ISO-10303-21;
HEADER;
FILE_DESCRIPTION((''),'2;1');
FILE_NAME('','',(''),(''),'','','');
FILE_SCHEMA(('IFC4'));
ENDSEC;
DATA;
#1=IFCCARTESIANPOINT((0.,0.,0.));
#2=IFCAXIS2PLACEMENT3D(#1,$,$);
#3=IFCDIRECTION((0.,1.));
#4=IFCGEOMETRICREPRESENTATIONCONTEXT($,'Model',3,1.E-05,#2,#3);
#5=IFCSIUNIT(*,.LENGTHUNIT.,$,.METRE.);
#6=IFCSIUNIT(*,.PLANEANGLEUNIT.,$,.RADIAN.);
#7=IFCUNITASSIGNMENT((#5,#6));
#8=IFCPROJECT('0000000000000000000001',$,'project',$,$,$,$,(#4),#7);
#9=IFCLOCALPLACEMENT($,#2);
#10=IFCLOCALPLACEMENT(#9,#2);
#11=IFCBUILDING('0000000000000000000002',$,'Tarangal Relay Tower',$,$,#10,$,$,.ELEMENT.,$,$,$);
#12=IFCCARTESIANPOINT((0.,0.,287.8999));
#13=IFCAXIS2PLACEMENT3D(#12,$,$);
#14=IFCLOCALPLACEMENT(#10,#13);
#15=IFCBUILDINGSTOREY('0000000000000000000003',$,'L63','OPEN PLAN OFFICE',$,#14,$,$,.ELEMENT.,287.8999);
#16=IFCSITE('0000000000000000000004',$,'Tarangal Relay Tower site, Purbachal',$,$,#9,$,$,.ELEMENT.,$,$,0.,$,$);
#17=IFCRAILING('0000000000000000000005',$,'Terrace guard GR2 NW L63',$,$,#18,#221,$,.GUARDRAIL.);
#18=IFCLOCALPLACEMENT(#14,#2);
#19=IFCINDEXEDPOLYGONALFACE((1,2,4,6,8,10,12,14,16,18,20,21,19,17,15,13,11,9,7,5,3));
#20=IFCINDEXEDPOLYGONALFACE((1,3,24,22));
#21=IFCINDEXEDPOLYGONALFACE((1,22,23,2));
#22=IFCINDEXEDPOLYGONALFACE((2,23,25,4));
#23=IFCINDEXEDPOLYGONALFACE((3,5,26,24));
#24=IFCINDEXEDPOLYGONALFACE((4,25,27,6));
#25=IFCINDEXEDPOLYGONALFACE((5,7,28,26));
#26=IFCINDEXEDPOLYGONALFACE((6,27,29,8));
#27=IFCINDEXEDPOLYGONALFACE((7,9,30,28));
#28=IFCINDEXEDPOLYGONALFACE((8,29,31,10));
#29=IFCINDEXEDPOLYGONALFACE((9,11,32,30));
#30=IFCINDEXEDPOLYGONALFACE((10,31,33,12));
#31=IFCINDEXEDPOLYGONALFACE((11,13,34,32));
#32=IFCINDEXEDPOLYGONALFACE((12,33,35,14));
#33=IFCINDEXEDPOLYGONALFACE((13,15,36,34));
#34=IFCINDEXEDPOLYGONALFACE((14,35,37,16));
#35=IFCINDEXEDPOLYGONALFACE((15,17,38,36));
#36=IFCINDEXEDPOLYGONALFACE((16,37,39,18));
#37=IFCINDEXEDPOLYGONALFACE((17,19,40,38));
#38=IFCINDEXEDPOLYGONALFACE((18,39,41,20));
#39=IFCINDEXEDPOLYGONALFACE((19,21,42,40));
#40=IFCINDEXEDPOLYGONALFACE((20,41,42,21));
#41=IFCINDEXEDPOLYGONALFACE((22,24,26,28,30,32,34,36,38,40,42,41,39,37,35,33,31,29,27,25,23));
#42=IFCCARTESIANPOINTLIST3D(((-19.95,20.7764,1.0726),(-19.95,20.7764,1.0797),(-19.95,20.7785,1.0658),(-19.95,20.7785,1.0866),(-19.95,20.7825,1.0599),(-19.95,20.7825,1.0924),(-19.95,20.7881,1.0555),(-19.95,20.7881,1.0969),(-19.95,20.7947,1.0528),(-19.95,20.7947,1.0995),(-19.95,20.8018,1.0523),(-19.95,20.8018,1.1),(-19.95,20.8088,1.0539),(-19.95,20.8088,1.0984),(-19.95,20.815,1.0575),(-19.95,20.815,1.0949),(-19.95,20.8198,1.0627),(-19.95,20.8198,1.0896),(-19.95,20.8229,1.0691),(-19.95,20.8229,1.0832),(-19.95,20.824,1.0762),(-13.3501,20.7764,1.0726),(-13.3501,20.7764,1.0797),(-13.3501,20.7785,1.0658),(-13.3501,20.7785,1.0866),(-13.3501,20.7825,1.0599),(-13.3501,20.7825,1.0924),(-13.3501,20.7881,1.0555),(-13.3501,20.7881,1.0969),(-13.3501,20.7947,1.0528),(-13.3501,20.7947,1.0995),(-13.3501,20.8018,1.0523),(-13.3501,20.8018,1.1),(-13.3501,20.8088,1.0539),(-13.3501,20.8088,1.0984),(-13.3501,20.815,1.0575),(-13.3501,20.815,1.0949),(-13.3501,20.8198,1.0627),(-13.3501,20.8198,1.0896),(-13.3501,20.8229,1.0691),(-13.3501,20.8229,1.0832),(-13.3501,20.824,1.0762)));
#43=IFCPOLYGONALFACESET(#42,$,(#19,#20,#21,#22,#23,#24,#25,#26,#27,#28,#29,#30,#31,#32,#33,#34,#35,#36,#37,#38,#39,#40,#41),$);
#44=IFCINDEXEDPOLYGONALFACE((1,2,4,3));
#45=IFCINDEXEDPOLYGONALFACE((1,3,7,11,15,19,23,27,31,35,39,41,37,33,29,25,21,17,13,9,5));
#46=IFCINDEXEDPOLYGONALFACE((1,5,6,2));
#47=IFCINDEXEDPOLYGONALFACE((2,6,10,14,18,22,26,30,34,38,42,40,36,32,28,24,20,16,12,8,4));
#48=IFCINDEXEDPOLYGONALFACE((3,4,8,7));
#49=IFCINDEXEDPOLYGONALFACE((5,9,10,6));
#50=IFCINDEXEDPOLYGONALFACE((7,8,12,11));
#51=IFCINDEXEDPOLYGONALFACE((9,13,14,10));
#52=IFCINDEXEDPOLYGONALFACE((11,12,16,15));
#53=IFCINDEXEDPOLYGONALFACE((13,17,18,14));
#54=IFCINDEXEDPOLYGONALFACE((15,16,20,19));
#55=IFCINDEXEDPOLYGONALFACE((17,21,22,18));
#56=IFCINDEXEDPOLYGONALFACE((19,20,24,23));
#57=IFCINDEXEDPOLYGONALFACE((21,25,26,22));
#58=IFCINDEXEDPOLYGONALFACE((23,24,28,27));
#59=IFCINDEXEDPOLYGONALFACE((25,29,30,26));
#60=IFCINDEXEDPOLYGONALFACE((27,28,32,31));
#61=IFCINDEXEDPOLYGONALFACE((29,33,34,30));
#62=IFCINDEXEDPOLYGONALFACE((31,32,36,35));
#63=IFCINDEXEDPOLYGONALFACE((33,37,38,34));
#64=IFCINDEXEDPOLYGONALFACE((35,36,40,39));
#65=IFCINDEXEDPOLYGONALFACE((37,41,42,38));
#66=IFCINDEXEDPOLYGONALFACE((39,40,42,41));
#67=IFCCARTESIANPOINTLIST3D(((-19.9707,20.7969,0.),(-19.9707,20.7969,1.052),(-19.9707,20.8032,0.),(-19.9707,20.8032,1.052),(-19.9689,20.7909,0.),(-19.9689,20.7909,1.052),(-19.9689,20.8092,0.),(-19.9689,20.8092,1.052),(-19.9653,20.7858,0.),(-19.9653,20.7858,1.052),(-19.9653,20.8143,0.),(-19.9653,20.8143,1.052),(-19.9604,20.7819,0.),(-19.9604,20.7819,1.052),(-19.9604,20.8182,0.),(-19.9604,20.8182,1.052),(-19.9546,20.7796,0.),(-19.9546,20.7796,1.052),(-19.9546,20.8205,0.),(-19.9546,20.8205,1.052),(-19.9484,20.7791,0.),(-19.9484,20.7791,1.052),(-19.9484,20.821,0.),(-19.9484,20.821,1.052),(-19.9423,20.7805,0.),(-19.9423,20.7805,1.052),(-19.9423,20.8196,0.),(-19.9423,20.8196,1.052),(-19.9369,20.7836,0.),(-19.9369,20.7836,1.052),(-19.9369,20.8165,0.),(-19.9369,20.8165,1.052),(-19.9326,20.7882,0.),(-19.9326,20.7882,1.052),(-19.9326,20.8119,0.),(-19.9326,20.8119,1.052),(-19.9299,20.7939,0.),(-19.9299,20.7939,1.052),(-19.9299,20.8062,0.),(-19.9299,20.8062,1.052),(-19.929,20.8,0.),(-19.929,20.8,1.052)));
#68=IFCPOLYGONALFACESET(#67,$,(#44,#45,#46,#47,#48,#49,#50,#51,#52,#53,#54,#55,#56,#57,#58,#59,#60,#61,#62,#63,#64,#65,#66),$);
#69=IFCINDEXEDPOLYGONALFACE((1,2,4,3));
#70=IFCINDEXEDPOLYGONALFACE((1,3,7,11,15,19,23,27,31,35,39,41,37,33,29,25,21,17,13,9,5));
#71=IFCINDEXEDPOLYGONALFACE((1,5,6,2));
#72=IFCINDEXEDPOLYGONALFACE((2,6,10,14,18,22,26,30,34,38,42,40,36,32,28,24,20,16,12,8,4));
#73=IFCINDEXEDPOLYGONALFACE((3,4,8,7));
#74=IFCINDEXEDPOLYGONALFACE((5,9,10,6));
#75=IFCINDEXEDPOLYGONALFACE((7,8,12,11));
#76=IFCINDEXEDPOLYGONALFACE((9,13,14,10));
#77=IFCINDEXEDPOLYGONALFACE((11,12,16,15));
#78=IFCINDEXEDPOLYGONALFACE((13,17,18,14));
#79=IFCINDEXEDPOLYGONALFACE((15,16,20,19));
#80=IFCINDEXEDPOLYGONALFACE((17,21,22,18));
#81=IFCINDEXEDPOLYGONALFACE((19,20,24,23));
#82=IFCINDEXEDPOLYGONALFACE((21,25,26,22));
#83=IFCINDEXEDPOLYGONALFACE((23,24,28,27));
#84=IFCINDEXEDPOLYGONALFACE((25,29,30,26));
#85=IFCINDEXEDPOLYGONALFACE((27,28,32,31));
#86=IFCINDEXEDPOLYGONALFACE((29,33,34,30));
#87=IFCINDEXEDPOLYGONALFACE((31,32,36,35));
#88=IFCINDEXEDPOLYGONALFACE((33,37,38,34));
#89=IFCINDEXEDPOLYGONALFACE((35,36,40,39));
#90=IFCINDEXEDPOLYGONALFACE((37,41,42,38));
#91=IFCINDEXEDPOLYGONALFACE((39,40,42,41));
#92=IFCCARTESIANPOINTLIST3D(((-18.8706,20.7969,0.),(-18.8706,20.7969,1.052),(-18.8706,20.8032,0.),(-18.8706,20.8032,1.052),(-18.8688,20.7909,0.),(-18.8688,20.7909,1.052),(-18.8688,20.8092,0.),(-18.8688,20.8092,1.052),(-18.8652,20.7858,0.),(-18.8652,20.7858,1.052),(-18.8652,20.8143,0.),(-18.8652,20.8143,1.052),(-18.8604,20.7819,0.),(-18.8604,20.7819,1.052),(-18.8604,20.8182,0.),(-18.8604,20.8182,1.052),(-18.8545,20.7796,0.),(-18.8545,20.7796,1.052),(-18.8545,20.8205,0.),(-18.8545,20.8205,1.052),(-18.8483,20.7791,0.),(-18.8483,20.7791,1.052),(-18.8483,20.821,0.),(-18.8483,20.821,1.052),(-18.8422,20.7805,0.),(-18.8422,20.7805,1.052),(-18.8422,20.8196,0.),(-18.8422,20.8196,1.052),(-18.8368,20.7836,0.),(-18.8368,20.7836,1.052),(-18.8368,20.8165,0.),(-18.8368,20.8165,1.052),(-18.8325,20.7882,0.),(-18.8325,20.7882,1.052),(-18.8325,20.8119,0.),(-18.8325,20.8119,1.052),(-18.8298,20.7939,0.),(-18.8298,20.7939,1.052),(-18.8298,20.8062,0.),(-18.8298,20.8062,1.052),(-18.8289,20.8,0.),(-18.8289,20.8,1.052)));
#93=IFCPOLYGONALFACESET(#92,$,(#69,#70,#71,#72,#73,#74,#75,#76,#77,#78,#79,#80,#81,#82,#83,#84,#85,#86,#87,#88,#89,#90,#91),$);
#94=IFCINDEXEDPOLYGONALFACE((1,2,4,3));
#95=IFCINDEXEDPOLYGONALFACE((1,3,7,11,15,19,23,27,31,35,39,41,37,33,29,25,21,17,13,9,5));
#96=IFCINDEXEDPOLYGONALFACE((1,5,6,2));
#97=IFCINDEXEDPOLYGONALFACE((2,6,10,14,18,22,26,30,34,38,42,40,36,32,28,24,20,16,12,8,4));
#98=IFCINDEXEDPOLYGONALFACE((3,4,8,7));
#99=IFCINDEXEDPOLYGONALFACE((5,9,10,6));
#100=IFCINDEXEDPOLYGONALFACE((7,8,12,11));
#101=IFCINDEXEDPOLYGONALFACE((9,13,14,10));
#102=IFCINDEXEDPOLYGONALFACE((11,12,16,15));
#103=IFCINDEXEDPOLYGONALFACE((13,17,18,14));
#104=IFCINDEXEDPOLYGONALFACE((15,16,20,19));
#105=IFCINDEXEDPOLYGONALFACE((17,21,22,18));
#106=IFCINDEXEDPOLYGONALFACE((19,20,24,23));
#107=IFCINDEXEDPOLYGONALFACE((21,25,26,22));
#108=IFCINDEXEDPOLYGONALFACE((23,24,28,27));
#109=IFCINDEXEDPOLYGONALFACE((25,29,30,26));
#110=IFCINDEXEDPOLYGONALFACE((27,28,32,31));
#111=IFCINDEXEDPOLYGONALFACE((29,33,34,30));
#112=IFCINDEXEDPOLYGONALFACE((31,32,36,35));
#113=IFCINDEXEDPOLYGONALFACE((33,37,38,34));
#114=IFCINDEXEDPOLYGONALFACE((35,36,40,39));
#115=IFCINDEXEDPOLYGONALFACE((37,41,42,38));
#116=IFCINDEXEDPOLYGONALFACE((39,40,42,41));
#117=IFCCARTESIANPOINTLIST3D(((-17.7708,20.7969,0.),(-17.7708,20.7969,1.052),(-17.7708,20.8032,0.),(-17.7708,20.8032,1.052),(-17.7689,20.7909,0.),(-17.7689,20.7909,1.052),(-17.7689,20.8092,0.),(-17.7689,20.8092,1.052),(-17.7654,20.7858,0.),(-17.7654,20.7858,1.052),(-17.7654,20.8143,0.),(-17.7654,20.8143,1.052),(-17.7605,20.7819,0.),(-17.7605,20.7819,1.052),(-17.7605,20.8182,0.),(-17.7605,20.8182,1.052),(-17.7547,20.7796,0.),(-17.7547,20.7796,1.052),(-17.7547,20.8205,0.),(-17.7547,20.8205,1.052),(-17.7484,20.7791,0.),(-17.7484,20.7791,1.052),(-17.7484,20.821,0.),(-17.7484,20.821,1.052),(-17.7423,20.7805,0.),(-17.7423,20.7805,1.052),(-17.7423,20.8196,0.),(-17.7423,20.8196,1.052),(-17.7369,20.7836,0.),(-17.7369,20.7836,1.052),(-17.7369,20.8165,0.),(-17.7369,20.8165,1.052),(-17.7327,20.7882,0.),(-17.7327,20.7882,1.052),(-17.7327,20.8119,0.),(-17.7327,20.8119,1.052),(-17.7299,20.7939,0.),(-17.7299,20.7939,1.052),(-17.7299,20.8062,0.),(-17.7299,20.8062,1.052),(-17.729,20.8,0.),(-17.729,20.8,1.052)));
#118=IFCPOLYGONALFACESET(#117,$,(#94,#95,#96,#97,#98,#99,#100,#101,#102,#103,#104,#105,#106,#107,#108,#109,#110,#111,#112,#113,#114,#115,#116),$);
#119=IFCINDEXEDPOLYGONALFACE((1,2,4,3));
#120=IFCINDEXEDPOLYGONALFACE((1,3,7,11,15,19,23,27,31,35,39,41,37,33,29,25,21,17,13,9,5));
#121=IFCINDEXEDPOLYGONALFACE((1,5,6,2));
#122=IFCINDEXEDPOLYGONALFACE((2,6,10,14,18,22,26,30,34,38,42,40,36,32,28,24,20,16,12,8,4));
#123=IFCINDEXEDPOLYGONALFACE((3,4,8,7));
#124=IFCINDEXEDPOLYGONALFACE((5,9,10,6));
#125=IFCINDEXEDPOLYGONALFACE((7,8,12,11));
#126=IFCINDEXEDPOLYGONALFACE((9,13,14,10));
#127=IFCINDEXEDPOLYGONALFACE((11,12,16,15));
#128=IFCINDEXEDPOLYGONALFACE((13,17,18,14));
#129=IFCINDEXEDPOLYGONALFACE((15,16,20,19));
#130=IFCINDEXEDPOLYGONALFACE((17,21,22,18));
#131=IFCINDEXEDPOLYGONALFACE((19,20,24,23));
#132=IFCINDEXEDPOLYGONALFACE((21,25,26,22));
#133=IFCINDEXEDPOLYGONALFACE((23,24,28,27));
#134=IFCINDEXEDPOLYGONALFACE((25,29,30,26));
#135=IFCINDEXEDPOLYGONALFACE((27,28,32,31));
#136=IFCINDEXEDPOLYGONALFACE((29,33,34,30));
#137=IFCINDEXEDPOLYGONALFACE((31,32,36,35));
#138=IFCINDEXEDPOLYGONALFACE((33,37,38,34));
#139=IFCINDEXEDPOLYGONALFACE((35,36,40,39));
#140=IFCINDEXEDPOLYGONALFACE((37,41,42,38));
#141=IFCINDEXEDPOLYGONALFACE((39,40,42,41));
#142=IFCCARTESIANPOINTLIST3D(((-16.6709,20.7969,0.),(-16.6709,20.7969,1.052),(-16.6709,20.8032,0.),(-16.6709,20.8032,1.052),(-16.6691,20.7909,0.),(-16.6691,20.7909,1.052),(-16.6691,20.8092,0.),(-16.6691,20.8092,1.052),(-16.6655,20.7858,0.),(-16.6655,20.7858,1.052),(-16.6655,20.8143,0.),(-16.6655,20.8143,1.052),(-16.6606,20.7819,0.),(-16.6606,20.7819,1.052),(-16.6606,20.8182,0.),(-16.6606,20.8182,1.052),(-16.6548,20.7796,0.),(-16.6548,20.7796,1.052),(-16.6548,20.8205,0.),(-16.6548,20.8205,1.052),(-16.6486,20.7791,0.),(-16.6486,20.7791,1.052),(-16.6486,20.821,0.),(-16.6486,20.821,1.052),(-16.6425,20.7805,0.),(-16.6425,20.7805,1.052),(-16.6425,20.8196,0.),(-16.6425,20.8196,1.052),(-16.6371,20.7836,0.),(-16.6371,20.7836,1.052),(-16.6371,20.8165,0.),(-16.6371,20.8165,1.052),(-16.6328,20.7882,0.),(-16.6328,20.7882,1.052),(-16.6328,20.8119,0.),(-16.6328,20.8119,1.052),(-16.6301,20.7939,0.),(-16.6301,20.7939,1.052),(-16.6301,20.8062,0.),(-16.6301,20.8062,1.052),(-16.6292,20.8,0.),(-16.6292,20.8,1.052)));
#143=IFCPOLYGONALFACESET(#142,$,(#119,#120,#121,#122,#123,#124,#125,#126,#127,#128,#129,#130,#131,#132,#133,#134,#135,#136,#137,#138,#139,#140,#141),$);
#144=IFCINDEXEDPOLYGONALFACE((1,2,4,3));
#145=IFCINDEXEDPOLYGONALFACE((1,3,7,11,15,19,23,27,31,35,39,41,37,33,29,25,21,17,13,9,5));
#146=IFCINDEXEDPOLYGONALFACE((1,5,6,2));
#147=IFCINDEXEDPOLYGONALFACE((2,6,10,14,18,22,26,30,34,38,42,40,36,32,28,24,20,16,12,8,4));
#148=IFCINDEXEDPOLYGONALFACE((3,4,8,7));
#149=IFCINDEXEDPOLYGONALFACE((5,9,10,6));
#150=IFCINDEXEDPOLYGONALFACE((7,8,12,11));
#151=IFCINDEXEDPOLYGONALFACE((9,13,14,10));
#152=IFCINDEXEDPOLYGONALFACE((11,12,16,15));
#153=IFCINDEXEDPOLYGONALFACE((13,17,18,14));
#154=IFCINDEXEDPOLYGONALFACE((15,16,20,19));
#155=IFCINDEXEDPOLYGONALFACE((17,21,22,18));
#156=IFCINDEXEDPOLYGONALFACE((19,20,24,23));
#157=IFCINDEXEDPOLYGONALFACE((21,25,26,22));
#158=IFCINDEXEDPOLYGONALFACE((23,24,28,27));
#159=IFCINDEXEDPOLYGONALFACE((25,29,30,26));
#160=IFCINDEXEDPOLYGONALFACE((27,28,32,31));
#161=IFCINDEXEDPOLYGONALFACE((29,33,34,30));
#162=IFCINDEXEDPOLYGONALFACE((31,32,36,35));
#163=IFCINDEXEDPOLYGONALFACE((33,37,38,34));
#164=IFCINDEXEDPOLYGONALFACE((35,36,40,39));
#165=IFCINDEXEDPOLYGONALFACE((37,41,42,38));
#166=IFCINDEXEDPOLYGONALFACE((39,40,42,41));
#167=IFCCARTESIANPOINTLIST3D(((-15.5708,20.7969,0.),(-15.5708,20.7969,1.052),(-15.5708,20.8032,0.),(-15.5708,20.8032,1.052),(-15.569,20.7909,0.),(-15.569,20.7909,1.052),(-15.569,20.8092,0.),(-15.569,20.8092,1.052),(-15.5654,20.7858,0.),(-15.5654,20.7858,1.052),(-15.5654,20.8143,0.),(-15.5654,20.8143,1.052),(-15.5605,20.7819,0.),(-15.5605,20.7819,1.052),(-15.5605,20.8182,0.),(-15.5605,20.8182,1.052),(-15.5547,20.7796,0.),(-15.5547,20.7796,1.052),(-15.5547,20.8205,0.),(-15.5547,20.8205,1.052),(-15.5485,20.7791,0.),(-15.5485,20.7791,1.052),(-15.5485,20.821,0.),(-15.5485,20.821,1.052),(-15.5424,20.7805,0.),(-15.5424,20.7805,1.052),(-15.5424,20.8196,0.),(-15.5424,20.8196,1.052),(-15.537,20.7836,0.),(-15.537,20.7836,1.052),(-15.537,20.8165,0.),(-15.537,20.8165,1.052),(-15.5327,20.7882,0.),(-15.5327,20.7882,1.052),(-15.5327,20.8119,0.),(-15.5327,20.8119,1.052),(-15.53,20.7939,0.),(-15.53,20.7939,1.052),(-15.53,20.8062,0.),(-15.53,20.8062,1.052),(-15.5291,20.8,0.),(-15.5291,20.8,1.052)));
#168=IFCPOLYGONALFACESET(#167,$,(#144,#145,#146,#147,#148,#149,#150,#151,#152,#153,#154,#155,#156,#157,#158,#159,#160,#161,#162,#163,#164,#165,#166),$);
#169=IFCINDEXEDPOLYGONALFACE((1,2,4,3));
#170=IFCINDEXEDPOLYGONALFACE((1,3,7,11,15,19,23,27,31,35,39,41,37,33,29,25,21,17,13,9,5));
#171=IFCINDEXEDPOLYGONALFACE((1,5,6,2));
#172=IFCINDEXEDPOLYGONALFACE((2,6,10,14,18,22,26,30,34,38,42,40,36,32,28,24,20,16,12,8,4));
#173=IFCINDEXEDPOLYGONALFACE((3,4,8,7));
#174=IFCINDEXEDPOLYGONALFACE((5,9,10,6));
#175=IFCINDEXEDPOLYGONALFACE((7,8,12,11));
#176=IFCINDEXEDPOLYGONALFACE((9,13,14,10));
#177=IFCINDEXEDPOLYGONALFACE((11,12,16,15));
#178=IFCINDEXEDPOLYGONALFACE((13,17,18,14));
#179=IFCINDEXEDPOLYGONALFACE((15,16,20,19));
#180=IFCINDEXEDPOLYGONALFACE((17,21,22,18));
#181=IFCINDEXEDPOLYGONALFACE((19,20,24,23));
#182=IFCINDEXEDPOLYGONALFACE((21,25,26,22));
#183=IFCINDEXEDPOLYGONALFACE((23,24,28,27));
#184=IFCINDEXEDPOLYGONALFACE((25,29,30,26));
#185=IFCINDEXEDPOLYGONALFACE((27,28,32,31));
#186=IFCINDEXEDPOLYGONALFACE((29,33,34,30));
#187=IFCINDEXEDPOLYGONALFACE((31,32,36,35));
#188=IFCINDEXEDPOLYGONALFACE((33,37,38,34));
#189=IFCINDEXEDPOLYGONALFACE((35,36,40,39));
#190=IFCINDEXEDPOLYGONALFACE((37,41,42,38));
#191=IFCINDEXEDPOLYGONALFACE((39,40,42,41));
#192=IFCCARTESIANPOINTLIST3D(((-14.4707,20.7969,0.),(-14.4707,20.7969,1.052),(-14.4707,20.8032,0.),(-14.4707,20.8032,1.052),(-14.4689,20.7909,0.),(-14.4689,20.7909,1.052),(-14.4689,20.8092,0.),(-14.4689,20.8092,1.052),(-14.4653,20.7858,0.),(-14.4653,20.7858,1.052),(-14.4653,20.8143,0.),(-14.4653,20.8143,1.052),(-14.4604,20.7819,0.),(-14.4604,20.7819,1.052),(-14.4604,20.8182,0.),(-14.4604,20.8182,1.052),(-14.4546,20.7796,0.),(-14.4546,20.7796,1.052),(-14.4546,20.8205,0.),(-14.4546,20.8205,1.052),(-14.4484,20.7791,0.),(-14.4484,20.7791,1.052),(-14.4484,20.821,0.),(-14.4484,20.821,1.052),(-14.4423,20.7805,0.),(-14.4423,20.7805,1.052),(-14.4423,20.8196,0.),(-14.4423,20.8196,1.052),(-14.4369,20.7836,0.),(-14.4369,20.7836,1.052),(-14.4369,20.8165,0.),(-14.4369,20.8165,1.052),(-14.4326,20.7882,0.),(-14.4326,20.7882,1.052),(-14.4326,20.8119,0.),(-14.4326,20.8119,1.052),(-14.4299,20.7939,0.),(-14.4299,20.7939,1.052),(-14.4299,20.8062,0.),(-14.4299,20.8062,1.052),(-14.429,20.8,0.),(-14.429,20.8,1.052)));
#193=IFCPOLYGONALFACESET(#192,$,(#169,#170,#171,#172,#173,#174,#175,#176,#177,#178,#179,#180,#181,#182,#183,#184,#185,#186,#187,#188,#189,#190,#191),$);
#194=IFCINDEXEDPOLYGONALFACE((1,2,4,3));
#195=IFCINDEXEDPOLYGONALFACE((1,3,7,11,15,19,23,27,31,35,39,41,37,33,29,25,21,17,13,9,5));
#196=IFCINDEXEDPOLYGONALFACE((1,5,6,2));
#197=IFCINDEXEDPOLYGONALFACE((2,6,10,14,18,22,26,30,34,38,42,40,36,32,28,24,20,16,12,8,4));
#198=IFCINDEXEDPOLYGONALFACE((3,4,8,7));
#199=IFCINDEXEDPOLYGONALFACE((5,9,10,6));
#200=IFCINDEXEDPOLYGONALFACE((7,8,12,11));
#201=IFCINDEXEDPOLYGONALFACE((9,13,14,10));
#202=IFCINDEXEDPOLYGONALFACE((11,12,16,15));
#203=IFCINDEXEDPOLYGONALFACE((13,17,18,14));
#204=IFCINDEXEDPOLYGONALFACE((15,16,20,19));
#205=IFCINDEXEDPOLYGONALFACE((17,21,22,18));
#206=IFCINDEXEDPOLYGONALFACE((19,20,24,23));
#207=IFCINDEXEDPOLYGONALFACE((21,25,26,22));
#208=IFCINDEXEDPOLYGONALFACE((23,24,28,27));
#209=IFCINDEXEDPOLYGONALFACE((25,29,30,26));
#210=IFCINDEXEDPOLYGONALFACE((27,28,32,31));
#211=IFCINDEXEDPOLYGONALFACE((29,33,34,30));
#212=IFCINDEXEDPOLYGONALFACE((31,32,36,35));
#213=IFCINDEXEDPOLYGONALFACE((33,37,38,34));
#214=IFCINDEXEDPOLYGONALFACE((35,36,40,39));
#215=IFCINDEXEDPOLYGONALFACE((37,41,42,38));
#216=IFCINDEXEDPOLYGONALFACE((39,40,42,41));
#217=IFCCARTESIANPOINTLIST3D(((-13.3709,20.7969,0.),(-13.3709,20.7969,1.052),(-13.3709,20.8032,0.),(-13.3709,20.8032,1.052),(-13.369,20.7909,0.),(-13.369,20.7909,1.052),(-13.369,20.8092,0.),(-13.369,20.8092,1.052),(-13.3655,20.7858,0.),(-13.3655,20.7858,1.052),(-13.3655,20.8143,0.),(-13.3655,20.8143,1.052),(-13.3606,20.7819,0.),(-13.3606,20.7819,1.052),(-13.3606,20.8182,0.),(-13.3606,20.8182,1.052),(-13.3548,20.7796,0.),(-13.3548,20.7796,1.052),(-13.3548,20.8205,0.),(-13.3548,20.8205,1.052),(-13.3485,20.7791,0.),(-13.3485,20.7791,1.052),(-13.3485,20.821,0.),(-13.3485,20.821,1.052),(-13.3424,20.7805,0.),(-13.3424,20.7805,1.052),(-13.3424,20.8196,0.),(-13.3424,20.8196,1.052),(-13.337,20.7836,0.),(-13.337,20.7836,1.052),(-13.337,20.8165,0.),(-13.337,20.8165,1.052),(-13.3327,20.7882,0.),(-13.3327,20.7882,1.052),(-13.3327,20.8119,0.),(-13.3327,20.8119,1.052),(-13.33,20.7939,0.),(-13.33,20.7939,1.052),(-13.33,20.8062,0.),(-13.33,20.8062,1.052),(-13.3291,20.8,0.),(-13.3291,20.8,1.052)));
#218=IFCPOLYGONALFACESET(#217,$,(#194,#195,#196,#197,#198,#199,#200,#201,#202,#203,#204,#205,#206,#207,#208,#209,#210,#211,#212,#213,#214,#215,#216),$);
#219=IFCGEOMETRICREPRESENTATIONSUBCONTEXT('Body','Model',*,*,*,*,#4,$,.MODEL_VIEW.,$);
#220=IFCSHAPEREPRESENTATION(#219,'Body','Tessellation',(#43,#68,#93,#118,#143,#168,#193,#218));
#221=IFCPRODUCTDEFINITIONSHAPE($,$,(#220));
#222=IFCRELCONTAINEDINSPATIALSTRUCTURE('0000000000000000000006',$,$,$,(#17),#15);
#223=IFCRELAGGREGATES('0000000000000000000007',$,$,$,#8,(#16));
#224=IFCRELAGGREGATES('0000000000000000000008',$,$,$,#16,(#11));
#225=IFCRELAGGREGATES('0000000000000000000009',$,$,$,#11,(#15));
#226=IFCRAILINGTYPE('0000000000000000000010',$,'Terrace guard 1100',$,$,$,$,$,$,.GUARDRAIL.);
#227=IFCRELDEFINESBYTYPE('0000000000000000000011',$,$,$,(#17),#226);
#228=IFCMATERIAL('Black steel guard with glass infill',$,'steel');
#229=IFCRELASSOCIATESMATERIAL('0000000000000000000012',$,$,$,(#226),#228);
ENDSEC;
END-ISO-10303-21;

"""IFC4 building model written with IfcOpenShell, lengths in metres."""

from ifc_helpers import new_model, si_unit, direction, frame, origin, origin_2d, place, context, subcontext, project, spatial, circle, extrude, material, type_object, element, save


model = new_model("IFC4")

# Units and contexts
model_context = context("Model", 3, precision=1e-05, world=origin(), true_north=direction((0.0, 1.0)))
body_context = subcontext(model_context, "Body", "Model", "MODEL_VIEW")
ifc_project = project(units=[si_unit("LENGTHUNIT", "METRE"), si_unit("PLANEANGLEUNIT", "RADIAN")], contexts=[model_context])

# Site, building, storey
site_placement = place(None, origin())
site = spatial("IfcSite", under=ifc_project, at=site_placement, Name="Tarangal Relay Tower site, Purbachal", CompositionType="ELEMENT", RefElevation=0.0)
building_placement = place(site_placement, origin())
building = spatial("IfcBuilding", under=site, at=building_placement, Name="Tarangal Relay Tower", CompositionType="ELEMENT")
storey_placement = place(building_placement, frame((0.0, 0.0, 287.8999)))
storey = spatial("IfcBuildingStorey", under=building, at=storey_placement, Name="L63", Description="OPEN PLAN OFFICE", CompositionType="ELEMENT", Elevation=287.8999)

# Railing
ifc_material_1 = material(Name="Black steel guard with glass infill", Category="steel")
railing_type = type_object("IfcRailingType", Name="Terrace guard 1100", PredefinedType="GUARDRAIL", material=ifc_material_1)
railing_1_placement = place(storey_placement, frame((-19.95, 20.8, 0.0)))
element("IfcRailing", 1, at=railing_1_placement, inside=storey, type_object=railing_type, Name="Terrace guard GR2 NW L63", PredefinedType="GUARDRAIL", context=body_context, shape_type="SweptSolid", body=[
    extrude(circle(Radius=0.0239, at=origin_2d()), frame((0.0, 0.0, 1.0762), z_axis=(1.0, 0.0, 0.0), x_axis=(0.0, 1.0, 0.0)), (0.0, 0.0, 1.0), 6.5999),
    extrude(circle(Radius=0.021, at=origin_2d()), origin(), (0.0, 0.0, 1.0), 1.052),
    extrude(circle(Radius=0.021, at=origin_2d()), frame((1.1001, 0.0, 0.0)), (0.0, 0.0, 1.0), 1.052),
    extrude(circle(Radius=0.021, at=origin_2d()), frame((2.2, 0.0, 0.0)), (0.0, 0.0, 1.0), 1.052),
    extrude(circle(Radius=0.021, at=origin_2d()), frame((3.2998, 0.0, 0.0)), (0.0, 0.0, 1.0), 1.052),
    extrude(circle(Radius=0.021, at=origin_2d()), frame((4.3999, 0.0, 0.0)), (0.0, 0.0, 1.0), 1.052),
    extrude(circle(Radius=0.021, at=origin_2d()), frame((5.5, 0.0, 0.0)), (0.0, 0.0, 1.0), 1.052),
    extrude(circle(Radius=0.021, at=origin_2d()), frame((6.5999, 0.0, 0.0)), (0.0, 0.0, 1.0), 1.052),
])

save(model, "model.ifc")
